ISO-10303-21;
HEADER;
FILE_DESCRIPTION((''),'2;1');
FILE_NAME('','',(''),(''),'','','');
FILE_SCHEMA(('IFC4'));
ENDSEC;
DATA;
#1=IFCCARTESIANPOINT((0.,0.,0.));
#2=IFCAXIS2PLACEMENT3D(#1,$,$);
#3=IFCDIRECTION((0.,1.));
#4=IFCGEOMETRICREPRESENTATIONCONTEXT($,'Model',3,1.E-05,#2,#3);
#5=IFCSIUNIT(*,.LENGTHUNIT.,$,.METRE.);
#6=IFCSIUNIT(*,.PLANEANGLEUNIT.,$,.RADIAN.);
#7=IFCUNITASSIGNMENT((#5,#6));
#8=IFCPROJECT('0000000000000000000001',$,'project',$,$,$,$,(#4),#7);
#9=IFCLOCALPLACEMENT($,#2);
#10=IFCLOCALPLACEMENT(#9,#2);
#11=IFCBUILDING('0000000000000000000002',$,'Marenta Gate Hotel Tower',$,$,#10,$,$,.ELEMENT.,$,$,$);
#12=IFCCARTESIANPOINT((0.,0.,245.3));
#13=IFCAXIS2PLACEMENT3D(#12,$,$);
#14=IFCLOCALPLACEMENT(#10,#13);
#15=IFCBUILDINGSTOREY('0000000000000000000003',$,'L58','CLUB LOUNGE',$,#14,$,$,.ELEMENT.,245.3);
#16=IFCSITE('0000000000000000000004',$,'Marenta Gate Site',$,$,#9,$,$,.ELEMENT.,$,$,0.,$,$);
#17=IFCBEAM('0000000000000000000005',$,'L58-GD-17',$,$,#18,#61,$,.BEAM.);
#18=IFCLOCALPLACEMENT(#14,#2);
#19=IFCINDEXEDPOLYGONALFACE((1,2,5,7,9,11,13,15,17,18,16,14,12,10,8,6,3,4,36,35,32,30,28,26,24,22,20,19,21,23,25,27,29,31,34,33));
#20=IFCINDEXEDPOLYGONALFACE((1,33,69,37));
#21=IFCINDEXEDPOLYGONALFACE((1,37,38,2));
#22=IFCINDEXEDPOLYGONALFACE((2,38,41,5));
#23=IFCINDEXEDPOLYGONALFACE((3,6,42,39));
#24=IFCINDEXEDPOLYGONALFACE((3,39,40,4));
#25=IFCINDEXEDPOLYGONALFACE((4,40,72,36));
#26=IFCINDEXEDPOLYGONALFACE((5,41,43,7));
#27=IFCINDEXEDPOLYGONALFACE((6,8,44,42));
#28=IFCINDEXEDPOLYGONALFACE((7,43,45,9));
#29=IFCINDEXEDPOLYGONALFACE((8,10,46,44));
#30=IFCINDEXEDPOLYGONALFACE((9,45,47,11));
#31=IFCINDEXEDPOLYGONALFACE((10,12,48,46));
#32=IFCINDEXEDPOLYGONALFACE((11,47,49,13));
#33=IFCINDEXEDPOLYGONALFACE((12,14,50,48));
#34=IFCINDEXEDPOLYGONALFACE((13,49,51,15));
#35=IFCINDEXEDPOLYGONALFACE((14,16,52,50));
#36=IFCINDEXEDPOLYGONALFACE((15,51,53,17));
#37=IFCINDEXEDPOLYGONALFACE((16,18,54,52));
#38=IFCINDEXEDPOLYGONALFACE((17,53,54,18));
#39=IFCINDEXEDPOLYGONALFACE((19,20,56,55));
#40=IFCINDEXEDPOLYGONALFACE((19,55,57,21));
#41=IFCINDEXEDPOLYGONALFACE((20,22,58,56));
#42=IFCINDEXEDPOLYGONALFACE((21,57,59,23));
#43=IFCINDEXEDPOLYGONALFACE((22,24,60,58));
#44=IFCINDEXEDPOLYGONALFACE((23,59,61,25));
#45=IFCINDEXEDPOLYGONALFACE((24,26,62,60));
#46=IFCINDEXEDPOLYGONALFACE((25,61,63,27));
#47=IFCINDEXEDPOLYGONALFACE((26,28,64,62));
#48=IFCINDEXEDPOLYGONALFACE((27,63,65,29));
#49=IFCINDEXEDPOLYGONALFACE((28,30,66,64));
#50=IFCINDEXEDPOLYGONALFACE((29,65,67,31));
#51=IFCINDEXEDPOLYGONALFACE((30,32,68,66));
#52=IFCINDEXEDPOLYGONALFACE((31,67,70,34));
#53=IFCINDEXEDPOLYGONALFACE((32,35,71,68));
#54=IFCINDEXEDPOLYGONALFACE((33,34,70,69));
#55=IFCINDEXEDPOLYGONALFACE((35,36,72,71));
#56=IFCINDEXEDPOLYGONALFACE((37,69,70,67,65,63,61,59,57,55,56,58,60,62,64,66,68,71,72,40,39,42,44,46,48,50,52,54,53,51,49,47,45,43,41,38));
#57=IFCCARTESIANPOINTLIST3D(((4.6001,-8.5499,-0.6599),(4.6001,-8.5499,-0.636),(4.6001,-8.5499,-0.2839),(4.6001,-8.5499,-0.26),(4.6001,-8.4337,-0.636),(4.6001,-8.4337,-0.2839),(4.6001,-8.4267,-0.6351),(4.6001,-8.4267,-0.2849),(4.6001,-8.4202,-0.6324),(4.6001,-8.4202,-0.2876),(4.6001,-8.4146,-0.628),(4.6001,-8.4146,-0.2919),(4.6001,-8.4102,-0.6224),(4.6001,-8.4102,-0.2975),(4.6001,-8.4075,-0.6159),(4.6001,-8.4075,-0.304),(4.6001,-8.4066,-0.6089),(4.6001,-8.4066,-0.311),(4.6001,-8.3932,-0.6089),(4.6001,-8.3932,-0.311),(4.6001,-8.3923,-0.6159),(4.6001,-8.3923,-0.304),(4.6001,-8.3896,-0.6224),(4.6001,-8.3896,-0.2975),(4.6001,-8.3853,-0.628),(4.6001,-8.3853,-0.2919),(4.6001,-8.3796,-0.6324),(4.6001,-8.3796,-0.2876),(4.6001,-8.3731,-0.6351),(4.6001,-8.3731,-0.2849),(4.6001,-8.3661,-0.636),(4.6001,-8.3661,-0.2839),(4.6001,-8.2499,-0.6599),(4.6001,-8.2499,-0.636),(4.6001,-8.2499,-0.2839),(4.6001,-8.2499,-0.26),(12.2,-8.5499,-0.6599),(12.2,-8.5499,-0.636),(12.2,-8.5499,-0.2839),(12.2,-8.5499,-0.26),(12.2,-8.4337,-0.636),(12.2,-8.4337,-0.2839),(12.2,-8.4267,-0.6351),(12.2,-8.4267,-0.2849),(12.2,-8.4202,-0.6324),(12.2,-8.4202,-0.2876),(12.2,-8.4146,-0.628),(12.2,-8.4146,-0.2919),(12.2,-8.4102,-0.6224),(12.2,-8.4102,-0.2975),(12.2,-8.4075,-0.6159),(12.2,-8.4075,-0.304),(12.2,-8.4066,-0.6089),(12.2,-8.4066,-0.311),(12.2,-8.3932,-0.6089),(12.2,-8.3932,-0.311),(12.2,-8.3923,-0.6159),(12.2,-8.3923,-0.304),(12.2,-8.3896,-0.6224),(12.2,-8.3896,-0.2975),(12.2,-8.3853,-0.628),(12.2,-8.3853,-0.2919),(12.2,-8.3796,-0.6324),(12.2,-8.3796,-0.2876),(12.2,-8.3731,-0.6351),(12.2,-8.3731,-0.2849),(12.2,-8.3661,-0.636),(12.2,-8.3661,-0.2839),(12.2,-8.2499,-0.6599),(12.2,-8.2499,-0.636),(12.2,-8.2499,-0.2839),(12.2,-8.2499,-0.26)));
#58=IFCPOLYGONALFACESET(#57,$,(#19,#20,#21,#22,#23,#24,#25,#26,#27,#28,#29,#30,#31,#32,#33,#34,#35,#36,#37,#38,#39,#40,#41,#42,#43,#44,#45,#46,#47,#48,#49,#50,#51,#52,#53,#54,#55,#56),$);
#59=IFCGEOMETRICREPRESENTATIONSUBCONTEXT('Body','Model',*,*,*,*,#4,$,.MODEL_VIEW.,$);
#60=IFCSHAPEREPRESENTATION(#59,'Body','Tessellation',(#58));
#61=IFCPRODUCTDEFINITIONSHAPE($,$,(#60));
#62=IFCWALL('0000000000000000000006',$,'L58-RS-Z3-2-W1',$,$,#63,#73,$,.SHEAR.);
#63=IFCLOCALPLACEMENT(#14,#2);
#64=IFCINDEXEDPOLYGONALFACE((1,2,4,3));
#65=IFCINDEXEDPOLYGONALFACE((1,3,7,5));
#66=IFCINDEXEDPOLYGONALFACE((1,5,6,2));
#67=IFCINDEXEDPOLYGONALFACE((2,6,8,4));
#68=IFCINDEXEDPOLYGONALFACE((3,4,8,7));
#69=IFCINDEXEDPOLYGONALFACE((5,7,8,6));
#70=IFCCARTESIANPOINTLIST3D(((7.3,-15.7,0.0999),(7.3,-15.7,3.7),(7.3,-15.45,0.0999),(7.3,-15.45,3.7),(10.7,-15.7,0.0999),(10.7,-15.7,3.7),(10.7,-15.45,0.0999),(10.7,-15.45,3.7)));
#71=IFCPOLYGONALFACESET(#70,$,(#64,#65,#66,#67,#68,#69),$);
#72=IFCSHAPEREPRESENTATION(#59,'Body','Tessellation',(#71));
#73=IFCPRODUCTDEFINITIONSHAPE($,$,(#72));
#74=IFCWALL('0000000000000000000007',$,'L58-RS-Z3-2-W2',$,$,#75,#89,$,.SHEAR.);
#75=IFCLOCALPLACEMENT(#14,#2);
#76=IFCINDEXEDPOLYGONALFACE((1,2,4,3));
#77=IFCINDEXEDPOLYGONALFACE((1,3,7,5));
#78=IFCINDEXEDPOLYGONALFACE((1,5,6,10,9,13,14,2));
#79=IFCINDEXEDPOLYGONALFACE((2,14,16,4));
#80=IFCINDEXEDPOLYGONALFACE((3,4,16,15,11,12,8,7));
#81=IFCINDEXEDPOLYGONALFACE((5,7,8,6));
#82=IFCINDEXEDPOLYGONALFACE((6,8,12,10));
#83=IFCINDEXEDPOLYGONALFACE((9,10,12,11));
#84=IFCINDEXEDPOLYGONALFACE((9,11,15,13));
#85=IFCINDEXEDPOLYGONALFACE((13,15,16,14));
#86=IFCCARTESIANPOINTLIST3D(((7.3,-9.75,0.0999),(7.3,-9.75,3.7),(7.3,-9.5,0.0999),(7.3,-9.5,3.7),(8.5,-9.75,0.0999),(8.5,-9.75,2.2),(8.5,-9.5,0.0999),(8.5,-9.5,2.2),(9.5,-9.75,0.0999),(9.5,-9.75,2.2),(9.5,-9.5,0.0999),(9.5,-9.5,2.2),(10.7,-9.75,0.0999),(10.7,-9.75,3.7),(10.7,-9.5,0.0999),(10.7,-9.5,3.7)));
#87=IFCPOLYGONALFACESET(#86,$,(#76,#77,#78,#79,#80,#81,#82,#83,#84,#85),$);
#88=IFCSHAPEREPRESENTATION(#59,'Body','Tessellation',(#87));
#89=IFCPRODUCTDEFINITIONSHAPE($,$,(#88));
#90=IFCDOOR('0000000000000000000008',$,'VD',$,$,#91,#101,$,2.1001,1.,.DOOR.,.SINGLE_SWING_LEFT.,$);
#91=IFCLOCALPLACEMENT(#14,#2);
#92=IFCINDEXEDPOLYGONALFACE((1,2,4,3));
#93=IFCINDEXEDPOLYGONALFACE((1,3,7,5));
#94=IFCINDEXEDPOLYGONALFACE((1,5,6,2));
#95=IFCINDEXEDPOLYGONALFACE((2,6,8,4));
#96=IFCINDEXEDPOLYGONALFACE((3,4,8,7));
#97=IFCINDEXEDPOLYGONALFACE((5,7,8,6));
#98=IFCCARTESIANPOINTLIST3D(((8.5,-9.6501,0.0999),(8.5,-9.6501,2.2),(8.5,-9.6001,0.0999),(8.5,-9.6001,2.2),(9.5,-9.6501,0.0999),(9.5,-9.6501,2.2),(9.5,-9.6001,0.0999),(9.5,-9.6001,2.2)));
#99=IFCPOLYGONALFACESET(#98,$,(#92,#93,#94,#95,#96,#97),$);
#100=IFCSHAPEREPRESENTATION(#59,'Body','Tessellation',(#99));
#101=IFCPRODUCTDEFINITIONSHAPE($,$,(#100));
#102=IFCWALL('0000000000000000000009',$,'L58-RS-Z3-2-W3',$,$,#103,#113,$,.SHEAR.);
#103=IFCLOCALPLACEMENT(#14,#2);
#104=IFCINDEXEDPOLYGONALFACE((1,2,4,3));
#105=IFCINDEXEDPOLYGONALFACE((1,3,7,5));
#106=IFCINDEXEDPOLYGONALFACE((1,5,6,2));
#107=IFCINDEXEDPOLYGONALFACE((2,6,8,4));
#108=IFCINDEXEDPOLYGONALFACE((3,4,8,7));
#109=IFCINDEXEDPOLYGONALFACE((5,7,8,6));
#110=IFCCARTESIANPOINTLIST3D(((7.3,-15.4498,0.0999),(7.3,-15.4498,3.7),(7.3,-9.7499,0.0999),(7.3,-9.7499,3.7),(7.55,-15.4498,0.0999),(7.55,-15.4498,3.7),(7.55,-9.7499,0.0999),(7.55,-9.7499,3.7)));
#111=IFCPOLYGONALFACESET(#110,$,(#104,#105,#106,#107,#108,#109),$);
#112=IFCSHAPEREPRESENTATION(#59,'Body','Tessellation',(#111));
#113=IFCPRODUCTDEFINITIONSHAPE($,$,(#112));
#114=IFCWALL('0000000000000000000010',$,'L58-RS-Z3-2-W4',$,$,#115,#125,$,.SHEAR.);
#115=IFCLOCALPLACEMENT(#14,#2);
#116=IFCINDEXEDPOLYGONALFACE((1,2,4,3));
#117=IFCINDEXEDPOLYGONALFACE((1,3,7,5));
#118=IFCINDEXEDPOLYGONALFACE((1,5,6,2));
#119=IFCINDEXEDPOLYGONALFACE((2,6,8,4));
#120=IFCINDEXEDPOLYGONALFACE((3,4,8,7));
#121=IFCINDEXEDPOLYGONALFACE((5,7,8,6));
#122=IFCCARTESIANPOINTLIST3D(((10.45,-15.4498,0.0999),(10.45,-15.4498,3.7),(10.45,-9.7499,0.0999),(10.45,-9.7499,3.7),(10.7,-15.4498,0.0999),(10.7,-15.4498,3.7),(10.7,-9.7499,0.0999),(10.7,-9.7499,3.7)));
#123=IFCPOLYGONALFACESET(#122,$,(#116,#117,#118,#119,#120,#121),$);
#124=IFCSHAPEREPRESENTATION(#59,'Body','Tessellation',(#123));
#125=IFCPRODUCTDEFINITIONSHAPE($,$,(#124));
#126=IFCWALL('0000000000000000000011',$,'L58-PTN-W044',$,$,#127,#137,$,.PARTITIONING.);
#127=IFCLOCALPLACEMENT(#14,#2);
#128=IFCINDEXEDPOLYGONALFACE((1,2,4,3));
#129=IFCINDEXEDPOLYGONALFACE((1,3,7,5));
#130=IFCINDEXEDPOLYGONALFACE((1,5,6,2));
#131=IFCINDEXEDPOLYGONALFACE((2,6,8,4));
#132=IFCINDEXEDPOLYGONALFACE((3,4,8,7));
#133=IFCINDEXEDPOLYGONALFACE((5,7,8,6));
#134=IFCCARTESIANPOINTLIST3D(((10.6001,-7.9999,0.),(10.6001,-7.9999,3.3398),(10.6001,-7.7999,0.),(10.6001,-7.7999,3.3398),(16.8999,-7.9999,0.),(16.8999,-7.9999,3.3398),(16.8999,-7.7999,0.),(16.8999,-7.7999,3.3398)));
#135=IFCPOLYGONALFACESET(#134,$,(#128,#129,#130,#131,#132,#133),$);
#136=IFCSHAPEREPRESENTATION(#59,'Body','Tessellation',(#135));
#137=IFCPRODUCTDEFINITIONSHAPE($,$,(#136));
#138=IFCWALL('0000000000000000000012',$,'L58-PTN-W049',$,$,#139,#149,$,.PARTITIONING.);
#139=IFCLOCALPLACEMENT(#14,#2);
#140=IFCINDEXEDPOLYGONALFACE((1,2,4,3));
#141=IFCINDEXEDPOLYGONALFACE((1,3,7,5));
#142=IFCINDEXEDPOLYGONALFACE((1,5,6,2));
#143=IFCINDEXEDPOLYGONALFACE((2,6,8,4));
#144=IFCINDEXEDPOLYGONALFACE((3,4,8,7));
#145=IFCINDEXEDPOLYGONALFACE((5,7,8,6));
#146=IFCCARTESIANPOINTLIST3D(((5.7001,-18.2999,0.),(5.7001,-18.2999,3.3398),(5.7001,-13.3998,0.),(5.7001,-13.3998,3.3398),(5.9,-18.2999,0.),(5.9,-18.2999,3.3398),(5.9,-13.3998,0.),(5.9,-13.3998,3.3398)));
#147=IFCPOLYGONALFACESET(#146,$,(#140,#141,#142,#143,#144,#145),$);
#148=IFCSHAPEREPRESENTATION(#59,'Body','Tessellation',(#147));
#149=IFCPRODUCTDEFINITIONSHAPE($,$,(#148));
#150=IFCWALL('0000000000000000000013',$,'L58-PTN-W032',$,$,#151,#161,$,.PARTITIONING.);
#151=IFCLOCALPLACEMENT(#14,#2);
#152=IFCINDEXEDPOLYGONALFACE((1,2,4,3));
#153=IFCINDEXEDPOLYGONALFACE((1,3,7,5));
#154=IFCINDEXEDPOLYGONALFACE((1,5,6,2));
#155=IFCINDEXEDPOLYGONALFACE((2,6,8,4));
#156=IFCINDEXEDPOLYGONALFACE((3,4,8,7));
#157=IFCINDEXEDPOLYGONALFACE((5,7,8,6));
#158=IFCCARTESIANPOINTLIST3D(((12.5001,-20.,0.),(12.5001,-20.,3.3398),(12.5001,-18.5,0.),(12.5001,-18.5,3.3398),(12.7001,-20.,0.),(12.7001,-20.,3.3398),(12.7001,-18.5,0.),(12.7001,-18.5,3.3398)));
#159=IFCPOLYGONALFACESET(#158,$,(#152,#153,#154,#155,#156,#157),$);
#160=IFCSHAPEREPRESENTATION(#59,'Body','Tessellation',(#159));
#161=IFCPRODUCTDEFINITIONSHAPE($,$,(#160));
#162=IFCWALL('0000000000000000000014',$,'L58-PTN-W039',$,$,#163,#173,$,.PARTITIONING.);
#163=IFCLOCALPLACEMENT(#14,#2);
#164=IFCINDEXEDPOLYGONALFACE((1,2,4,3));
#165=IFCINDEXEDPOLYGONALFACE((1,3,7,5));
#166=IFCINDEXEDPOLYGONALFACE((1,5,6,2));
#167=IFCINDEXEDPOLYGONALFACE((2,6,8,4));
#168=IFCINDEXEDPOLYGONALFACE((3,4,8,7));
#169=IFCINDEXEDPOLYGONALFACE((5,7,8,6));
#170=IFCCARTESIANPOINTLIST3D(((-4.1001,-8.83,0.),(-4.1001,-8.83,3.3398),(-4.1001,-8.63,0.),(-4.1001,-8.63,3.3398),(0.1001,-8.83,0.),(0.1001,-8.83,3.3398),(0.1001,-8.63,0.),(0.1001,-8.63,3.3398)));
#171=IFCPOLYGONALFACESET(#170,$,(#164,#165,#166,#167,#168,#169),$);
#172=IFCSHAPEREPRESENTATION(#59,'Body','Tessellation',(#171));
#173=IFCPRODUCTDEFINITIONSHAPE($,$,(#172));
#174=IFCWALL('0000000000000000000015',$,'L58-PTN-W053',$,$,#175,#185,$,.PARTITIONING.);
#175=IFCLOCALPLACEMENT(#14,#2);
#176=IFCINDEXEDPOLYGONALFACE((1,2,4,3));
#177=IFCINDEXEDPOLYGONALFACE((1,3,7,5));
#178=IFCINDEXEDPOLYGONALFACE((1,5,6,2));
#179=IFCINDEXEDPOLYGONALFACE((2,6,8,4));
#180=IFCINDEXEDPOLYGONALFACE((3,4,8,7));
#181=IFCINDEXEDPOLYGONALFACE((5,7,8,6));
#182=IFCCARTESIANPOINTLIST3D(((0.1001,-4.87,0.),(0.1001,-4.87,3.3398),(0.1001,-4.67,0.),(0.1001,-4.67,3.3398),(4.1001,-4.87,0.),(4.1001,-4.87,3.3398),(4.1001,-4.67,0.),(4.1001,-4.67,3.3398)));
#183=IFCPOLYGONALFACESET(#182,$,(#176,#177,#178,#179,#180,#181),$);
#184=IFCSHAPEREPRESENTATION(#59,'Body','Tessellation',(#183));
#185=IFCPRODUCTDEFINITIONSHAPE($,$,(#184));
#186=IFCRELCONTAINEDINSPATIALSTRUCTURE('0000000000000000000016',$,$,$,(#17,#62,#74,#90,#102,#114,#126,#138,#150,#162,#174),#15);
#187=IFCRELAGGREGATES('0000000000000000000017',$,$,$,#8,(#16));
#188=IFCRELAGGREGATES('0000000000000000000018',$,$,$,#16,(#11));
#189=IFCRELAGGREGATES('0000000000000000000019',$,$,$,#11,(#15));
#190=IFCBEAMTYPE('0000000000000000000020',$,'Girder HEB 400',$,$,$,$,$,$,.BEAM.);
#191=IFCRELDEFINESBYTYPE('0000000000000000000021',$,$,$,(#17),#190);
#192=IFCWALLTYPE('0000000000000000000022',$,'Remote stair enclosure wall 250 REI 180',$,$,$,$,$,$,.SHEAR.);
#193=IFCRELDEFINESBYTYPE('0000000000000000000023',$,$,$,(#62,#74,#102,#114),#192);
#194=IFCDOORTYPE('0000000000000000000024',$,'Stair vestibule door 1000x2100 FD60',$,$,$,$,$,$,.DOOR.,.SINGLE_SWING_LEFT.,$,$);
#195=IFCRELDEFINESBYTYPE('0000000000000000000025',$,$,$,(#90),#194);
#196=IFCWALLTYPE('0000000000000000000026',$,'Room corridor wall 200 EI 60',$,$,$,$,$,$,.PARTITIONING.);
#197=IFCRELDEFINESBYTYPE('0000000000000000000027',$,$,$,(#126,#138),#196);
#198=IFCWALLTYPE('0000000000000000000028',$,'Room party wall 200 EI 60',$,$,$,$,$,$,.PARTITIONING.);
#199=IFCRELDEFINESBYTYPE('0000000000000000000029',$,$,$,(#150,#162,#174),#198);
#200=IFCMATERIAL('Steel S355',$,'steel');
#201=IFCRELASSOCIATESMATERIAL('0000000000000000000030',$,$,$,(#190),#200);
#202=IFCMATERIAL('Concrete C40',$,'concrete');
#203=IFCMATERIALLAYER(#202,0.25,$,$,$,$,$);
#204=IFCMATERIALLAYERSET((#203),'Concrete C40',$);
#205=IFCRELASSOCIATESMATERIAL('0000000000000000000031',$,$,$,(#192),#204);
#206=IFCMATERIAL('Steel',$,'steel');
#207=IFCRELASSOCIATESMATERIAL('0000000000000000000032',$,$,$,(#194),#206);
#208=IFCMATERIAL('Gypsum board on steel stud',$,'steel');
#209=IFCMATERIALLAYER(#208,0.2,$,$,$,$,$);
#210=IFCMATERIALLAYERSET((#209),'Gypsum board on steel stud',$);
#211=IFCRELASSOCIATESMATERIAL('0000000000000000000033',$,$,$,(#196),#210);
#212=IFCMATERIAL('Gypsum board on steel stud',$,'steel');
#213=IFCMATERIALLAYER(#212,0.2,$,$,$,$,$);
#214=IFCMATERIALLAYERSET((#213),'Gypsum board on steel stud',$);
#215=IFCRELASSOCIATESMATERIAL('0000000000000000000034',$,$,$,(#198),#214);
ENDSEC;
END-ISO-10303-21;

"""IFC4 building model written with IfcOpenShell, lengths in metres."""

from ifc_helpers import new_model, si_unit, direction, frame, frame_2d, origin, origin_2d, place, context, subcontext, project, spatial, rectangle, i_section, extrude, material, layer, layer_set, material_profile, profile_set, type_object, element, fill, save


model = new_model("IFC4")

# Units and contexts
model_context = context("Model", 3, precision=1e-05, world=origin(), true_north=direction((0.0, 1.0)))
body_context = subcontext(model_context, "Body", "Model", "MODEL_VIEW")
ifc_project = project(units=[si_unit("LENGTHUNIT", "METRE"), si_unit("PLANEANGLEUNIT", "RADIAN")], contexts=[model_context])

# Site, building, storey
site_placement = place(None, origin())
site = spatial("IfcSite", under=ifc_project, at=site_placement, Name="Marenta Gate Site", CompositionType="ELEMENT", RefElevation=0.0)
building_placement = place(site_placement, origin())
building = spatial("IfcBuilding", under=site, at=building_placement, Name="Marenta Gate Hotel Tower", CompositionType="ELEMENT")
storey_placement = place(building_placement, frame((0.0, 0.0, 245.3)))
storey = spatial("IfcBuildingStorey", under=building, at=storey_placement, Name="L58", Description="CLUB LOUNGE", CompositionType="ELEMENT", Elevation=245.3)

# Beam
ifc_material_1 = material(Name="Steel S355", Category="steel")
ifc_material_profile_1 = material_profile(ifc_material_1, i_section(OverallWidth=0.3, OverallDepth=0.3999, WebThickness=0.0134, FlangeThickness=0.0239, FilletRadius=0.0271, at=origin_2d()), Name="HEB 400")
ifc_profile_set_1 = profile_set([ifc_material_profile_1], Name="Steel S355")
beam_type = type_object("IfcBeamType", Name="Girder HEB 400", PredefinedType="BEAM", material=ifc_profile_set_1)
beam_1_placement = place(storey_placement, frame((4.6001, -8.3999, -0.46), z_axis=(1.0, 0.0, 0.0), x_axis=(0.0, 1.0, 0.0)))
element("IfcBeam", 1, at=beam_1_placement, inside=storey, type_object=beam_type, Name="L58-GD-17", PredefinedType="BEAM", context=body_context, shape_type="SweptSolid", body=[
    extrude(i_section(OverallWidth=0.3, OverallDepth=0.3999, WebThickness=0.0134, FlangeThickness=0.0239, FilletRadius=0.0271, at=origin_2d()), origin(), (0.0, 0.0, 1.0), 7.5999),
])

# Wall
ifc_material_2 = material(Name="Concrete C40", Category="concrete")
ifc_layer_1 = layer(ifc_material_2, 0.25)
ifc_layer_set_1 = layer_set([ifc_layer_1], Name="Concrete C40")
wall_type_1 = type_object("IfcWallType", Name="Remote stair enclosure wall 250 REI 180", PredefinedType="SHEAR", material=ifc_layer_set_1)
wall_1_placement = place(storey_placement, frame((7.3, -15.575, 0.0999), z_axis=(0.0, 0.0, 1.0), x_axis=(1.0, 0.0, 0.0)))
element("IfcWall", 2, at=wall_1_placement, inside=storey, type_object=wall_type_1, Name="L58-RS-Z3-2-W1", PredefinedType="SHEAR", context=body_context, shape_type="SweptSolid", body=[
    extrude(rectangle(XDim=3.3999, YDim=0.25, at=frame_2d((1.7, 0.0))), origin(), (0.0, 0.0, 1.0), 3.6001),
])

# Wall, opening, door
wall_2_placement = place(storey_placement, frame((7.3, -9.625, 0.0999), z_axis=(0.0, 0.0, 1.0), x_axis=(1.0, 0.0, 0.0)))
wall_2 = element("IfcWall", 3, at=wall_2_placement, inside=storey, type_object=wall_type_1, Name="L58-RS-Z3-2-W2", PredefinedType="SHEAR", context=body_context, shape_type="SweptSolid", body=[
    extrude(rectangle(XDim=3.3999, YDim=0.25, at=frame_2d((1.7, 0.0))), origin(), (0.0, 0.0, 1.0), 3.6001),
])
opening_1_placement = place(wall_2_placement, frame((1.2, 0.0, 0.0)))
opening_1 = element("IfcOpeningElement", 4, at=opening_1_placement, cuts=wall_2, PredefinedType="OPENING", context=body_context, shape_type="SweptSolid", body=[
    extrude(rectangle(XDim=1.0, YDim=2.1001, at=frame_2d((0.5, 1.05))), frame((0.0, 0.125, 0.0), z_axis=(0.0, -1.0, 0.0), x_axis=(1.0, 0.0, 0.0)), (0.0, 0.0, 1.0), 0.25),
])
ifc_material_3 = material(Name="Steel", Category="steel")
door_type_1 = type_object("IfcDoorType", Name="Stair vestibule door 1000x2100 FD60", OperationType="SINGLE_SWING_LEFT", PredefinedType="DOOR", material=ifc_material_3)
door_1_placement = place(opening_1_placement, origin())
door_1 = element("IfcDoor", 5, at=door_1_placement, inside=storey, type_object=door_type_1, Name="VD", OperationType="SINGLE_SWING_LEFT", OverallHeight=2.1001, OverallWidth=1.0, PredefinedType="DOOR", context=body_context, shape_type="SweptSolid", body=[
    extrude(rectangle(XDim=1.0, YDim=2.1001, at=frame_2d((0.5, 1.05))), frame((0.0, 0.0249, 0.0), z_axis=(0.0, -1.0, 0.0), x_axis=(1.0, 0.0, 0.0)), (0.0, 0.0, 1.0), 0.05),
])
fill(opening_1, door_1)

# Walls
for number, where, z_axis, x_axis, name in (
    (6, (7.425, -15.45, 0.0999), (0.0, 0.0, 1.0), (0.0, 1.0, 0.0), "L58-RS-Z3-2-W3"),
    (7, (10.575, -15.45, 0.0999), (0.0, 0.0, 1.0), (0.0, 1.0, 0.0), "L58-RS-Z3-2-W4"),
):
    element("IfcWall", number, at=place(storey_placement, frame(where, z_axis=z_axis, x_axis=x_axis)), inside=storey, type_object=wall_type_1, Name=name, PredefinedType="SHEAR", context=body_context, shape_type="SweptSolid", body=[
        extrude(rectangle(XDim=5.7, YDim=0.25, at=frame_2d((2.8501, 0.0))), origin(), (0.0, 0.0, 1.0), 3.6001),
    ])

# Shared definitions
ifc_material_4 = material(Name="Gypsum board on steel stud", Category="steel")
ifc_layer_2 = layer(ifc_material_4, 0.2)
ifc_layer_set_2 = layer_set([ifc_layer_2], Name="Gypsum board on steel stud")
wall_type_2 = type_object("IfcWallType", Name="Room corridor wall 200 EI 60", PredefinedType="PARTITIONING", material=ifc_layer_set_2)

# Walls
wall_3_placement = place(storey_placement, frame((10.6001, -7.8999, 0.0), z_axis=(0.0, 0.0, 1.0), x_axis=(1.0, 0.0, 0.0)))
element("IfcWall", 8, at=wall_3_placement, inside=storey, type_object=wall_type_2, Name="L58-PTN-W044", PredefinedType="PARTITIONING", context=body_context, shape_type="SweptSolid", body=[
    extrude(rectangle(XDim=6.2998, YDim=0.2, at=frame_2d((3.1499, 0.0))), origin(), (0.0, 0.0, 1.0), 3.3398),
])
wall_4_placement = place(storey_placement, frame((5.8, -18.3, 0.0), z_axis=(0.0, 0.0, 1.0), x_axis=(0.0, 1.0, 0.0)))
element("IfcWall", 9, at=wall_4_placement, inside=storey, type_object=wall_type_2, Name="L58-PTN-W049", PredefinedType="PARTITIONING", context=body_context, shape_type="SweptSolid", body=[
    extrude(rectangle(XDim=4.9001, YDim=0.2, at=frame_2d((2.4502, 0.0))), origin(), (0.0, 0.0, 1.0), 3.3398),
])

# Walls
ifc_material_5 = material(Name="Gypsum board on steel stud", Category="steel")
ifc_layer_3 = layer(ifc_material_5, 0.2)
ifc_layer_set_3 = layer_set([ifc_layer_3], Name="Gypsum board on steel stud")
wall_type_3 = type_object("IfcWallType", Name="Room party wall 200 EI 60", PredefinedType="PARTITIONING", material=ifc_layer_set_3)
wall_5_placement = place(storey_placement, frame((12.6001, -20.0, 0.0), z_axis=(0.0, 0.0, 1.0), x_axis=(0.0, 1.0, 0.0)))
element("IfcWall", 10, at=wall_5_placement, inside=storey, type_object=wall_type_3, Name="L58-PTN-W032", PredefinedType="PARTITIONING", context=body_context, shape_type="SweptSolid", body=[
    extrude(rectangle(XDim=1.5, YDim=0.2, at=frame_2d((0.75, 0.0))), origin(), (0.0, 0.0, 1.0), 3.3398),
])
wall_6_placement = place(storey_placement, frame((-4.1001, -8.73, 0.0), z_axis=(0.0, 0.0, 1.0), x_axis=(1.0, 0.0, 0.0)))
element("IfcWall", 11, at=wall_6_placement, inside=storey, type_object=wall_type_3, Name="L58-PTN-W039", PredefinedType="PARTITIONING", context=body_context, shape_type="SweptSolid", body=[
    extrude(rectangle(XDim=4.2002, YDim=0.2, at=frame_2d((2.1001, 0.0))), origin(), (0.0, 0.0, 1.0), 3.3398),
])
wall_7_placement = place(storey_placement, frame((0.1001, -4.77, 0.0), z_axis=(0.0, 0.0, 1.0), x_axis=(1.0, 0.0, 0.0)))
element("IfcWall", 12, at=wall_7_placement, inside=storey, type_object=wall_type_3, Name="L58-PTN-W053", PredefinedType="PARTITIONING", context=body_context, shape_type="SweptSolid", body=[
    extrude(rectangle(XDim=4.0, YDim=0.2, at=frame_2d((2.0, 0.0))), origin(), (0.0, 0.0, 1.0), 3.3398),
])

save(model, "model.ifc")
